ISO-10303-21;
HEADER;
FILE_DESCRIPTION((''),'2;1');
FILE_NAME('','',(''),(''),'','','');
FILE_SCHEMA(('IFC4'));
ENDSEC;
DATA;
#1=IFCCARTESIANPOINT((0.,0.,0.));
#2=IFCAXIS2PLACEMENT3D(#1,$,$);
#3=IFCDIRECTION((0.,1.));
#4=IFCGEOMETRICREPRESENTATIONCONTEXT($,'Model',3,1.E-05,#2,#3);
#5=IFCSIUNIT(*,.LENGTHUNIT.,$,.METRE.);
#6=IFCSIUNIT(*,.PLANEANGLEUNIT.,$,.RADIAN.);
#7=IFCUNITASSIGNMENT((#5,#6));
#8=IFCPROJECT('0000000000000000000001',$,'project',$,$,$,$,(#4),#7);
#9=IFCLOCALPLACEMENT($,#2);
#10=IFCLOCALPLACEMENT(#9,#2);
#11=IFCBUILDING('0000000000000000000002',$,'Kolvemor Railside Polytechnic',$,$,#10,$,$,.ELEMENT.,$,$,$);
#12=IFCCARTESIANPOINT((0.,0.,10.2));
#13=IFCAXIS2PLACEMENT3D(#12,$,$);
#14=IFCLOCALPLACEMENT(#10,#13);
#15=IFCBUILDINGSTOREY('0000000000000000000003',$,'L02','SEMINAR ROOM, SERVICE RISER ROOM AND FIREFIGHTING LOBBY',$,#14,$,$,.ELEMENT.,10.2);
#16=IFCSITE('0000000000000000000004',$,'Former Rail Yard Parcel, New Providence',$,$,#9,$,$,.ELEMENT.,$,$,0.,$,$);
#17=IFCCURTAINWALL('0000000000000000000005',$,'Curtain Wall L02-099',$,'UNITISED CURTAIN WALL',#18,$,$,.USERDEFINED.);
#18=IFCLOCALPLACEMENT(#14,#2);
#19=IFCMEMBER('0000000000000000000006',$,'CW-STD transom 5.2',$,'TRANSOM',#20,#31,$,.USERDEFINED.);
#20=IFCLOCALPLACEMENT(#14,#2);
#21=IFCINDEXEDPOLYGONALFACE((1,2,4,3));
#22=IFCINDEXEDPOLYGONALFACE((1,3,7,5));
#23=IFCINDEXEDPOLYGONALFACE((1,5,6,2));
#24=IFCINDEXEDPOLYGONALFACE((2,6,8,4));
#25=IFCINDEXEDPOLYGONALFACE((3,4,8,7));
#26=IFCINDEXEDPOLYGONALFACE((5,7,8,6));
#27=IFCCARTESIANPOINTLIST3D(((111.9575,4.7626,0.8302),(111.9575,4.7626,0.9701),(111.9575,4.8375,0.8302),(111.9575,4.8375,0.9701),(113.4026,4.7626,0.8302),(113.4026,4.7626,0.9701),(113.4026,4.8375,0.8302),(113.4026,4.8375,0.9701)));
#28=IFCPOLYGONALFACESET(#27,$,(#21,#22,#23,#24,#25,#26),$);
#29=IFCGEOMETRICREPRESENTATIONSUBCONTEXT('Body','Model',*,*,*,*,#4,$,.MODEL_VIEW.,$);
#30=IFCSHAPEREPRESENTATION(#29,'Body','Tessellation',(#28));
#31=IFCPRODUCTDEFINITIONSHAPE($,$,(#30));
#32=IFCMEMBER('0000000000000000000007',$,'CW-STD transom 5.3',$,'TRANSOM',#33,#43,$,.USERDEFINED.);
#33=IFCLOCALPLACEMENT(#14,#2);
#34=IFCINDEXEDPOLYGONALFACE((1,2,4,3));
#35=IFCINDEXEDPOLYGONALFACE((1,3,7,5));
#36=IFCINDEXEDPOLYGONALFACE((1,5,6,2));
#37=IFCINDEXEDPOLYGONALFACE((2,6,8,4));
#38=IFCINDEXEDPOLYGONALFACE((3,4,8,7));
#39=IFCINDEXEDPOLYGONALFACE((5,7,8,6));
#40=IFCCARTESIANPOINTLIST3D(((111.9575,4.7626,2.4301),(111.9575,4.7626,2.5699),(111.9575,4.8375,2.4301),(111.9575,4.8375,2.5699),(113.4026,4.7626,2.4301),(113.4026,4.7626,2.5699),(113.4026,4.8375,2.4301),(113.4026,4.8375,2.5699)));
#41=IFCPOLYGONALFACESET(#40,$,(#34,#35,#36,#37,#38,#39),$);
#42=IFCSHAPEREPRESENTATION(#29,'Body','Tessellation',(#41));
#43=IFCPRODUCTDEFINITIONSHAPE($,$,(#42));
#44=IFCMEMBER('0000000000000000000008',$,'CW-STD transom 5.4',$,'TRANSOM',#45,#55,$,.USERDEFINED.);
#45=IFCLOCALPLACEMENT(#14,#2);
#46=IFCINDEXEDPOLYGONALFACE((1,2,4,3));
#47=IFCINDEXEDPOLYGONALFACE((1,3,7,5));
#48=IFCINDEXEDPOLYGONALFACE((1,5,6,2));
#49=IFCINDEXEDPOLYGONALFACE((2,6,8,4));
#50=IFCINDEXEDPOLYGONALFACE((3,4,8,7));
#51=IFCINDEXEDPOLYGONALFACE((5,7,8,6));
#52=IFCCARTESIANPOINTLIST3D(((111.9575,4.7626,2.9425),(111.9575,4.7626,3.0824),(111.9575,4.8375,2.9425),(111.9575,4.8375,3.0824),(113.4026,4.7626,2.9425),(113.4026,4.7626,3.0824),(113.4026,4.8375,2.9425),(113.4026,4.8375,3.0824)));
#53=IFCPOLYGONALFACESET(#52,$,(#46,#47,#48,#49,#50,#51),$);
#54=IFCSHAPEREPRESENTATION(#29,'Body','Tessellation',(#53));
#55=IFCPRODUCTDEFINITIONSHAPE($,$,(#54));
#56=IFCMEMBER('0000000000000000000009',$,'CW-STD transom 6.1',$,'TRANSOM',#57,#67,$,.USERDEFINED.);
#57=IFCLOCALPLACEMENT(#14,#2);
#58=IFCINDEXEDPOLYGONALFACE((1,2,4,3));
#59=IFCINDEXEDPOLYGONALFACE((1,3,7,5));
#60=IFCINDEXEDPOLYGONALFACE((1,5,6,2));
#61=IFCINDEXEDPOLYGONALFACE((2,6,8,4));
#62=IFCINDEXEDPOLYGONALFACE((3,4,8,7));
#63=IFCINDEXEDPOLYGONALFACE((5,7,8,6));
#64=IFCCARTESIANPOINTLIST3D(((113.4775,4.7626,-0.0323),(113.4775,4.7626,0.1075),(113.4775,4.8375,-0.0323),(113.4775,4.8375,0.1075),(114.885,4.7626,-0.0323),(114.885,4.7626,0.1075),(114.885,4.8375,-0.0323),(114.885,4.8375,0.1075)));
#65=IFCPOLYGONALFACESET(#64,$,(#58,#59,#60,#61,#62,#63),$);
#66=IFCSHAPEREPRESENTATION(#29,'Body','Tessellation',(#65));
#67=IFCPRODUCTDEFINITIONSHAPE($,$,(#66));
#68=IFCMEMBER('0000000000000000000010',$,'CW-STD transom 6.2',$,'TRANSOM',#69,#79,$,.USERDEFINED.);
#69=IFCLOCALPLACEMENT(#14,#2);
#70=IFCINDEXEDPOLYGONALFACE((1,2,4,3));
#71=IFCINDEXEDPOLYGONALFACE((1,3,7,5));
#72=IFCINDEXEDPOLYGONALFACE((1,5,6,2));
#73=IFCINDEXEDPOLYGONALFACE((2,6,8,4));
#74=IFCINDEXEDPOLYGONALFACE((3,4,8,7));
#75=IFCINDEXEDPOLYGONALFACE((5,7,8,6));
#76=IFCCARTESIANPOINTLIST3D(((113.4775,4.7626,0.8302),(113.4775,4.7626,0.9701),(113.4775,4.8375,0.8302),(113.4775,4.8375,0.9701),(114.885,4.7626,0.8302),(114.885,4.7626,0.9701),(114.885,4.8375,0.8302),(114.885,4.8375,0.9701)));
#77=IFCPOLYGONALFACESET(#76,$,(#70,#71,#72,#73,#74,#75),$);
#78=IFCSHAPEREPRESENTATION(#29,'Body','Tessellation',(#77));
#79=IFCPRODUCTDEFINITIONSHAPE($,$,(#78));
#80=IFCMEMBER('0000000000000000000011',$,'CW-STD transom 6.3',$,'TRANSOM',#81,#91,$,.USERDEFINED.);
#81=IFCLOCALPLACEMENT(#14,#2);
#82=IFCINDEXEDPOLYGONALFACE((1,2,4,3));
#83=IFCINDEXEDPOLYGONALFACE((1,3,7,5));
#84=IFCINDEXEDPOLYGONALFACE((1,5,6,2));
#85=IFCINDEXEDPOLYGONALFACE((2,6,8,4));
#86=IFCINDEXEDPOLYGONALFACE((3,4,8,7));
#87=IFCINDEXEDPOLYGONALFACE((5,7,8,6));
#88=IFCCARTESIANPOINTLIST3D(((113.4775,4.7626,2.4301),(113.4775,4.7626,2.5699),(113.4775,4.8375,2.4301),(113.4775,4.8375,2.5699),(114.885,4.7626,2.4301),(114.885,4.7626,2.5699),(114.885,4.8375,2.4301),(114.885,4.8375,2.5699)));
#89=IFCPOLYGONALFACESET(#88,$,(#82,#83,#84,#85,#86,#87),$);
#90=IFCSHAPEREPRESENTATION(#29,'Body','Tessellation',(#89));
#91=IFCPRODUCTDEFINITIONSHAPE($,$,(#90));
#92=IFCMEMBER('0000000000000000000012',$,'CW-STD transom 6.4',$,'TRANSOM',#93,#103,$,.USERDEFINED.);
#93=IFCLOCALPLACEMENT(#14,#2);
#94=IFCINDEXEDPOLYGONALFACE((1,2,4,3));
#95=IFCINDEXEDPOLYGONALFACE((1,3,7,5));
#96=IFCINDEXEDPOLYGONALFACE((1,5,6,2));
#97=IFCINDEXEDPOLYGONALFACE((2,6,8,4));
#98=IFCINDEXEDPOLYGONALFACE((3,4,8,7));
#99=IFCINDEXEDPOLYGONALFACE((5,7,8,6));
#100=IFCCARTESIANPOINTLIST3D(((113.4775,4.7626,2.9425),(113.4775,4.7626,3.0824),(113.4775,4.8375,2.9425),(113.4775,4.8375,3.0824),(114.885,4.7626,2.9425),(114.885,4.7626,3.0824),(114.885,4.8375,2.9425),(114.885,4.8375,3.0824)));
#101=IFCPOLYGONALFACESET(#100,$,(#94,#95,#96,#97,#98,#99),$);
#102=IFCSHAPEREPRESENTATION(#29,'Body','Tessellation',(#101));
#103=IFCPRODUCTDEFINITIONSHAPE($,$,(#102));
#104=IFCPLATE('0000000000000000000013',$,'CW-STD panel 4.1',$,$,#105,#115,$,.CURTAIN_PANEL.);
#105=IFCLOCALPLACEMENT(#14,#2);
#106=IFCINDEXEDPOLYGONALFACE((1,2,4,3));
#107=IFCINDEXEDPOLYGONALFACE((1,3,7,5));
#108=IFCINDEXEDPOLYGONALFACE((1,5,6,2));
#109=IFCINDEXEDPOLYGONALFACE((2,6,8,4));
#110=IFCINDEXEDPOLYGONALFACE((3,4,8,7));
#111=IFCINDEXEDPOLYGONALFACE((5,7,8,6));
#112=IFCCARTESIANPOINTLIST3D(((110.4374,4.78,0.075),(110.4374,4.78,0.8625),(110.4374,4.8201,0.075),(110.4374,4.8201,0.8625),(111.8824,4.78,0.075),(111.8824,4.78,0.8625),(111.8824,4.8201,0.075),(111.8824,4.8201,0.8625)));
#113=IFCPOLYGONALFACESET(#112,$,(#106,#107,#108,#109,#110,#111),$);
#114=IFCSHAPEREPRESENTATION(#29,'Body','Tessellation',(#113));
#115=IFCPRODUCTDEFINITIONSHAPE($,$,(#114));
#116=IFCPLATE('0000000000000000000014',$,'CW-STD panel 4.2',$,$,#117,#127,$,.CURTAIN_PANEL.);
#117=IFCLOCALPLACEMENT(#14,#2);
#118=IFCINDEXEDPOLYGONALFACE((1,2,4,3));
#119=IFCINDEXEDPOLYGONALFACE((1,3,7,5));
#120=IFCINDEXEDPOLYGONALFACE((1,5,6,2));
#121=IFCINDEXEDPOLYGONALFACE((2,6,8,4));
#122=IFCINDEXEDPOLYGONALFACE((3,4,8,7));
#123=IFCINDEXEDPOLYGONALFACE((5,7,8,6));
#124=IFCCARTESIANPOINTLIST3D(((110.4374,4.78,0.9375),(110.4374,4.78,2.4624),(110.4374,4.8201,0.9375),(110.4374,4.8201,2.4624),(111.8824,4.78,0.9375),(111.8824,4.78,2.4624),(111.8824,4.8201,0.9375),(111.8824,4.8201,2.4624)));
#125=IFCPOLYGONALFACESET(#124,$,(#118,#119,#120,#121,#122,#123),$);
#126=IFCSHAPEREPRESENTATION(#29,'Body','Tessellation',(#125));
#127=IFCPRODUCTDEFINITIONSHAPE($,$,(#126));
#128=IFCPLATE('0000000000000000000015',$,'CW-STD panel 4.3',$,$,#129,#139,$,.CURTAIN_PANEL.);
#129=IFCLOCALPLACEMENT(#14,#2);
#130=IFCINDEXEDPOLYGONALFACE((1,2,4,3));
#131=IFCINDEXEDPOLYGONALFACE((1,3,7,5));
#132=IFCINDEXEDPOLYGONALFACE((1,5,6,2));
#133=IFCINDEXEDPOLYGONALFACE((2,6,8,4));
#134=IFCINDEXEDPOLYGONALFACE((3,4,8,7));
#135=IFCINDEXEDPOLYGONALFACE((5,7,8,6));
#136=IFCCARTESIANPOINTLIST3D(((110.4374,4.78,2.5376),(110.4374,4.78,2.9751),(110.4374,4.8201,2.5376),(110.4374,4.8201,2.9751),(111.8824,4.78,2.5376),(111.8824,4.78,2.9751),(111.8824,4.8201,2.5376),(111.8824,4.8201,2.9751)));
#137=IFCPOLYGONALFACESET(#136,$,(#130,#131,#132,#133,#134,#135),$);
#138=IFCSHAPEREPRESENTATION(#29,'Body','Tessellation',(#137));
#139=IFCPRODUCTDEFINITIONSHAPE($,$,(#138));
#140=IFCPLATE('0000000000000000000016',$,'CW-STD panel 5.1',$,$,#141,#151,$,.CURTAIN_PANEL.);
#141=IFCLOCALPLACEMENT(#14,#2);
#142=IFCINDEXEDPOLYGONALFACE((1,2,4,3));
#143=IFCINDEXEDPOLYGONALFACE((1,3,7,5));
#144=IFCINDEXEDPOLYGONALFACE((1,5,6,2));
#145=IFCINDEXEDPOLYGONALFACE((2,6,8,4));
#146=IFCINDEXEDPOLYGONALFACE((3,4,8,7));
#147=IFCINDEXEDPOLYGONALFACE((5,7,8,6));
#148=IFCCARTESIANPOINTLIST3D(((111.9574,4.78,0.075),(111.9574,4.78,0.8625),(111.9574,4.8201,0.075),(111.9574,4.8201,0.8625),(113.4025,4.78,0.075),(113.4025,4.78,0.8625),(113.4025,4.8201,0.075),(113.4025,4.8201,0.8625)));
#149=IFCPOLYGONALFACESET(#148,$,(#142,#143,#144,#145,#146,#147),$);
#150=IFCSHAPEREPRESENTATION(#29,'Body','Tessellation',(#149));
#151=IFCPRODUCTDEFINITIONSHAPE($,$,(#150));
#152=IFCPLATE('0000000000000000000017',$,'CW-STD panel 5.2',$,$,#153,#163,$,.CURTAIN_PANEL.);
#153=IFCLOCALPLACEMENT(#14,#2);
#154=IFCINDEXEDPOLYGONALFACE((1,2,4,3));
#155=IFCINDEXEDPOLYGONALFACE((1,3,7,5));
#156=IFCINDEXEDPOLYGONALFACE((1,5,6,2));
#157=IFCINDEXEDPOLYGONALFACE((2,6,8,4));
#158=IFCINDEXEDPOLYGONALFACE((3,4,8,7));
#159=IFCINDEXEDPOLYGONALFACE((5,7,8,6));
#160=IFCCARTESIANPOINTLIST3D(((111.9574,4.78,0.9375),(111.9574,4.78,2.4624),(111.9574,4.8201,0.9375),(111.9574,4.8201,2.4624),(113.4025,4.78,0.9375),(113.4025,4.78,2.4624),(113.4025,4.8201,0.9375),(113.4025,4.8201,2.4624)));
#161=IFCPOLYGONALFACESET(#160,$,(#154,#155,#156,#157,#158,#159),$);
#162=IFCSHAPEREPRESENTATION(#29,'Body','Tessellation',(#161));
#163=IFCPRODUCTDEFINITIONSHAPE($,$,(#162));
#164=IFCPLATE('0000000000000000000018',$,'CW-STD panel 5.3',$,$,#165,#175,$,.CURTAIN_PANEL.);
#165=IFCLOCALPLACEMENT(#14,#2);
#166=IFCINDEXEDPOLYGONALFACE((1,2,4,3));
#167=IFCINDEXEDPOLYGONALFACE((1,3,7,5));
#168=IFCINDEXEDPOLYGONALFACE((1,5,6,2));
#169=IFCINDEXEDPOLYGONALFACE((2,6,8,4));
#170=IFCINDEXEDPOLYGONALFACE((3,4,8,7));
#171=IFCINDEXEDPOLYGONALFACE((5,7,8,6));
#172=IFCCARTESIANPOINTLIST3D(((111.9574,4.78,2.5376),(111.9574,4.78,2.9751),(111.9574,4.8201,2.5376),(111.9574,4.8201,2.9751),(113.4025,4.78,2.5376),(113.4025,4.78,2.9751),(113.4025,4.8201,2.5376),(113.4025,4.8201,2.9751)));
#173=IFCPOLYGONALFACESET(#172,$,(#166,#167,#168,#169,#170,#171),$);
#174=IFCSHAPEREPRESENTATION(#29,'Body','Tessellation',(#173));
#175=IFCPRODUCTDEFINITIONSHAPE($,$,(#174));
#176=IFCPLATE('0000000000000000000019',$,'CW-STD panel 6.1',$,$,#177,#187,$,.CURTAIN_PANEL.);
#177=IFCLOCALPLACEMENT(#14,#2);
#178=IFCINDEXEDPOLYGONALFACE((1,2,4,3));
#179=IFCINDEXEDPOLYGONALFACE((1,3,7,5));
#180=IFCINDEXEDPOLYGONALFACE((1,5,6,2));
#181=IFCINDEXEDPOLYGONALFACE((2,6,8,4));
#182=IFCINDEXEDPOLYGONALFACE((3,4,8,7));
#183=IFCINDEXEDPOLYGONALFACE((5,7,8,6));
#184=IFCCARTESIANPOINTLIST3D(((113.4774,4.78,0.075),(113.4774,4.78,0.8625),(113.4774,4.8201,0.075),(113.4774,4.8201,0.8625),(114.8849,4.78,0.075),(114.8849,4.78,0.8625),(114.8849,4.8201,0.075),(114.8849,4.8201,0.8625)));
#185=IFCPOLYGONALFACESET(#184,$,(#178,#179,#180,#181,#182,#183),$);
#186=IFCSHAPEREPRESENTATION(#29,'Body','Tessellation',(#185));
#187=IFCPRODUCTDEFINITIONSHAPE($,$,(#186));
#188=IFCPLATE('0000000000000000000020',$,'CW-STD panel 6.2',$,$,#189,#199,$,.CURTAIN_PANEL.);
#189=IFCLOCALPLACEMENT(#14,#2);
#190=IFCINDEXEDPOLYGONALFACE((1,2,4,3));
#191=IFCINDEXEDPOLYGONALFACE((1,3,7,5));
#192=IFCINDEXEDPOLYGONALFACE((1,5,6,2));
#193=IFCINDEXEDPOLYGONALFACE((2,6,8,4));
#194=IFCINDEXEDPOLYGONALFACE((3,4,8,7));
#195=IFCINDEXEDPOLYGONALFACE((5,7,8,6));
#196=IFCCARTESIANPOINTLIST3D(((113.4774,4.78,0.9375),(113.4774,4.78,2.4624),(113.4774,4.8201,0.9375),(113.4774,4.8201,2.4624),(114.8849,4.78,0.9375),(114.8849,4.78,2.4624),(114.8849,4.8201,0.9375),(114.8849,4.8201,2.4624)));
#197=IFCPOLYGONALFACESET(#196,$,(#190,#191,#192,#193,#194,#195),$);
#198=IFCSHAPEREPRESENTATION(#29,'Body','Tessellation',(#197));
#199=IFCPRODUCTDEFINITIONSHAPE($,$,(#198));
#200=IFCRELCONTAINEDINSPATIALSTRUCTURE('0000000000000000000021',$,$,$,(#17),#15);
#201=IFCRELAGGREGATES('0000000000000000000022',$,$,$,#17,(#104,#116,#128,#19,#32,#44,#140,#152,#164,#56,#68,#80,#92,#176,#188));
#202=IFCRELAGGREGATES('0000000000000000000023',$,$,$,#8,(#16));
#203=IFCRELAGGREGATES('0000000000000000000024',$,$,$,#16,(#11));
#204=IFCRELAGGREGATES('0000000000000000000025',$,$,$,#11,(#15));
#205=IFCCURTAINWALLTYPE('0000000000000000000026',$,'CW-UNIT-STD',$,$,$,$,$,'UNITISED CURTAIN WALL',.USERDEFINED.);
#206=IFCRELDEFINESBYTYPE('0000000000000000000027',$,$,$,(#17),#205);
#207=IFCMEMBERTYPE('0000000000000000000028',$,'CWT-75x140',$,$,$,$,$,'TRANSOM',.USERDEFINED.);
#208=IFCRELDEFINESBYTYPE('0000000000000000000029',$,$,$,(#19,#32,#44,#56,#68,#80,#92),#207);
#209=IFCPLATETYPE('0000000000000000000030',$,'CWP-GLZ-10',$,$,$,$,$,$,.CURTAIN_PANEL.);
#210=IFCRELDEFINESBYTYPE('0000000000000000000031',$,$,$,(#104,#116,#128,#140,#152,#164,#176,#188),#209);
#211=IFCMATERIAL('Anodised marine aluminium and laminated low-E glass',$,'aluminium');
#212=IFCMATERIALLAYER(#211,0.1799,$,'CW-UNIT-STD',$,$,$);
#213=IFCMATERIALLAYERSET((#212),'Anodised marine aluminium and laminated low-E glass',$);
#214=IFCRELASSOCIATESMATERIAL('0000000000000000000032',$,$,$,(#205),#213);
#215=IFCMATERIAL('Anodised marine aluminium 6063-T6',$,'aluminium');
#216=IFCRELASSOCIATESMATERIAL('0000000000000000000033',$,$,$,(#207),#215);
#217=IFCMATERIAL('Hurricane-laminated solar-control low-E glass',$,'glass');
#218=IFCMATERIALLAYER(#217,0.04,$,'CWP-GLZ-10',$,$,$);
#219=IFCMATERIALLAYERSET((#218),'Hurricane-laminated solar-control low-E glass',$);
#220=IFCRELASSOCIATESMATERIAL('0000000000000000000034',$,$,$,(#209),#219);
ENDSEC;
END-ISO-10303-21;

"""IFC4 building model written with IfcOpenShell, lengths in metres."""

from ifc_helpers import new_model, si_unit, direction, frame, origin, origin_2d, place, context, subcontext, project, spatial, rectangle, extrude, material, layer, layer_set, material_profile, profile_set, type_object, element, aggregate, save


model = new_model("IFC4")

# Units and contexts
model_context = context("Model", 3, precision=1e-05, world=origin(), true_north=direction((0.0, 1.0)))
body_context = subcontext(model_context, "Body", "Model", "MODEL_VIEW")
ifc_project = project(units=[si_unit("LENGTHUNIT", "METRE"), si_unit("PLANEANGLEUNIT", "RADIAN")], contexts=[model_context])

# Site, building, storey
site_placement = place(None, origin())
site = spatial("IfcSite", under=ifc_project, at=site_placement, Name="Former Rail Yard Parcel, New Providence", CompositionType="ELEMENT", RefElevation=0.0)
building_placement = place(site_placement, origin())
building = spatial("IfcBuilding", under=site, at=building_placement, Name="Kolvemor Railside Polytechnic", CompositionType="ELEMENT")
storey_placement = place(building_placement, frame((0.0, 0.0, 10.2)))
storey = spatial("IfcBuildingStorey", under=building, at=storey_placement, Name="L02", Description="SEMINAR ROOM, SERVICE RISER ROOM AND FIREFIGHTING LOBBY", CompositionType="ELEMENT", Elevation=10.2)

# Curtain wall, members, plates
ifc_material_1 = material(Name="Anodised marine aluminium and laminated low-E glass", Category="aluminium")
ifc_layer_1 = layer(ifc_material_1, 0.1799, Name="CW-UNIT-STD")
ifc_layer_set_1 = layer_set([ifc_layer_1], Name="Anodised marine aluminium and laminated low-E glass")
curtain_wall_type = type_object("IfcCurtainWallType", Name="CW-UNIT-STD", ElementType="UNITISED CURTAIN WALL", PredefinedType="USERDEFINED", material=ifc_layer_set_1)
curtain_wall_placement = place(storey_placement, origin())
curtain_wall = element("IfcCurtainWall", 1, at=curtain_wall_placement, inside=storey, type_object=curtain_wall_type, Name="Curtain Wall L02-099", ObjectType="UNITISED CURTAIN WALL", PredefinedType="USERDEFINED")
ifc_material_2 = material(Name="Anodised marine aluminium 6063-T6", Category="aluminium")
ifc_material_profile_1 = material_profile(ifc_material_2, rectangle(XDim=0.075, YDim=0.1399, at=origin_2d()), Name="CW-TRN-75x140")
ifc_profile_set_1 = profile_set([ifc_material_profile_1], Name="Anodised marine aluminium 6063-T6")
member_type_1 = type_object("IfcMemberType", Name="CWT-75x140", ElementType="TRANSOM", PredefinedType="USERDEFINED", material=ifc_profile_set_1)
member_1_placement = place(storey_placement, frame((111.9575, 4.8, 0.9001), z_axis=(1.0, 0.0, 0.0), x_axis=(0.0, 1.0, 0.0)))
member_1 = element("IfcMember", 2, at=member_1_placement, type_object=member_type_1, Name="CW-STD transom 5.2", ObjectType="TRANSOM", PredefinedType="USERDEFINED", context=body_context, shape_type="SweptSolid", body=[
    extrude(rectangle(XDim=0.075, YDim=0.1399, at=origin_2d()), origin(), (0.0, 0.0, 1.0), 1.4451),
])
member_2_placement = place(storey_placement, frame((111.9575, 4.8, 2.5), z_axis=(1.0, 0.0, 0.0), x_axis=(0.0, 1.0, 0.0)))
member_2 = element("IfcMember", 3, at=member_2_placement, type_object=member_type_1, Name="CW-STD transom 5.3", ObjectType="TRANSOM", PredefinedType="USERDEFINED", context=body_context, shape_type="SweptSolid", body=[
    extrude(rectangle(XDim=0.075, YDim=0.1399, at=origin_2d()), origin(), (0.0, 0.0, 1.0), 1.4451),
])
member_3_placement = place(storey_placement, frame((111.9575, 4.8, 3.0125), z_axis=(1.0, 0.0, 0.0), x_axis=(0.0, 1.0, 0.0)))
member_3 = element("IfcMember", 4, at=member_3_placement, type_object=member_type_1, Name="CW-STD transom 5.4", ObjectType="TRANSOM", PredefinedType="USERDEFINED", context=body_context, shape_type="SweptSolid", body=[
    extrude(rectangle(XDim=0.075, YDim=0.1399, at=origin_2d()), origin(), (0.0, 0.0, 1.0), 1.4451),
])
member_4_placement = place(storey_placement, frame((113.4775, 4.8, 0.0376), z_axis=(1.0, 0.0, 0.0), x_axis=(0.0, 1.0, 0.0)))
member_4 = element("IfcMember", 5, at=member_4_placement, type_object=member_type_1, Name="CW-STD transom 6.1", ObjectType="TRANSOM", PredefinedType="USERDEFINED", context=body_context, shape_type="SweptSolid", body=[
    extrude(rectangle(XDim=0.075, YDim=0.1399, at=origin_2d()), origin(), (0.0, 0.0, 1.0), 1.4075),
])
member_5_placement = place(storey_placement, frame((113.4775, 4.8, 0.9001), z_axis=(1.0, 0.0, 0.0), x_axis=(0.0, 1.0, 0.0)))
member_5 = element("IfcMember", 6, at=member_5_placement, type_object=member_type_1, Name="CW-STD transom 6.2", ObjectType="TRANSOM", PredefinedType="USERDEFINED", context=body_context, shape_type="SweptSolid", body=[
    extrude(rectangle(XDim=0.075, YDim=0.1399, at=origin_2d()), origin(), (0.0, 0.0, 1.0), 1.4075),
])
member_6_placement = place(storey_placement, frame((113.4775, 4.8, 2.5), z_axis=(1.0, 0.0, 0.0), x_axis=(0.0, 1.0, 0.0)))
member_6 = element("IfcMember", 7, at=member_6_placement, type_object=member_type_1, Name="CW-STD transom 6.3", ObjectType="TRANSOM", PredefinedType="USERDEFINED", context=body_context, shape_type="SweptSolid", body=[
    extrude(rectangle(XDim=0.075, YDim=0.1399, at=origin_2d()), origin(), (0.0, 0.0, 1.0), 1.4075),
])
member_7_placement = place(storey_placement, frame((113.4775, 4.8, 3.0125), z_axis=(1.0, 0.0, 0.0), x_axis=(0.0, 1.0, 0.0)))
member_7 = element("IfcMember", 8, at=member_7_placement, type_object=member_type_1, Name="CW-STD transom 6.4", ObjectType="TRANSOM", PredefinedType="USERDEFINED", context=body_context, shape_type="SweptSolid", body=[
    extrude(rectangle(XDim=0.075, YDim=0.1399, at=origin_2d()), origin(), (0.0, 0.0, 1.0), 1.4075),
])
ifc_material_3 = material(Name="Hurricane-laminated solar-control low-E glass", Category="glass")
ifc_layer_2 = layer(ifc_material_3, 0.04, Name="CWP-GLZ-10")
ifc_layer_set_2 = layer_set([ifc_layer_2], Name="Hurricane-laminated solar-control low-E glass")
plate_type = type_object("IfcPlateType", Name="CWP-GLZ-10", PredefinedType="CURTAIN_PANEL", material=ifc_layer_set_2)
plate_1_placement = place(storey_placement, frame((111.1599, 4.8, 0.075), z_axis=(0.0, 0.0, 1.0), x_axis=(1.0, 0.0, 0.0)))
plate_1 = element("IfcPlate", 9, at=plate_1_placement, type_object=plate_type, Name="CW-STD panel 4.1", PredefinedType="CURTAIN_PANEL", context=body_context, shape_type="SweptSolid", body=[
    extrude(rectangle(XDim=1.4451, YDim=0.04, at=origin_2d()), origin(), (0.0, 0.0, 1.0), 0.7876),
])
plate_2_placement = place(storey_placement, frame((111.1599, 4.8, 0.9375), z_axis=(0.0, 0.0, 1.0), x_axis=(1.0, 0.0, 0.0)))
plate_2 = element("IfcPlate", 10, at=plate_2_placement, type_object=plate_type, Name="CW-STD panel 4.2", PredefinedType="CURTAIN_PANEL", context=body_context, shape_type="SweptSolid", body=[
    extrude(rectangle(XDim=1.4451, YDim=0.04, at=origin_2d()), origin(), (0.0, 0.0, 1.0), 1.5249),
])
plate_3_placement = place(storey_placement, frame((111.1599, 4.8, 2.5376), z_axis=(0.0, 0.0, 1.0), x_axis=(1.0, 0.0, 0.0)))
plate_3 = element("IfcPlate", 11, at=plate_3_placement, type_object=plate_type, Name="CW-STD panel 4.3", PredefinedType="CURTAIN_PANEL", context=body_context, shape_type="SweptSolid", body=[
    extrude(rectangle(XDim=1.4451, YDim=0.04, at=origin_2d()), origin(), (0.0, 0.0, 1.0), 0.4375),
])
plate_4_placement = place(storey_placement, frame((112.6799, 4.8, 0.075), z_axis=(0.0, 0.0, 1.0), x_axis=(1.0, 0.0, 0.0)))
plate_4 = element("IfcPlate", 12, at=plate_4_placement, type_object=plate_type, Name="CW-STD panel 5.1", PredefinedType="CURTAIN_PANEL", context=body_context, shape_type="SweptSolid", body=[
    extrude(rectangle(XDim=1.4451, YDim=0.04, at=origin_2d()), origin(), (0.0, 0.0, 1.0), 0.7876),
])
plate_5_placement = place(storey_placement, frame((112.6799, 4.8, 0.9375), z_axis=(0.0, 0.0, 1.0), x_axis=(1.0, 0.0, 0.0)))
plate_5 = element("IfcPlate", 13, at=plate_5_placement, type_object=plate_type, Name="CW-STD panel 5.2", PredefinedType="CURTAIN_PANEL", context=body_context, shape_type="SweptSolid", body=[
    extrude(rectangle(XDim=1.4451, YDim=0.04, at=origin_2d()), origin(), (0.0, 0.0, 1.0), 1.5249),
])
plate_6_placement = place(storey_placement, frame((112.6799, 4.8, 2.5376), z_axis=(0.0, 0.0, 1.0), x_axis=(1.0, 0.0, 0.0)))
plate_6 = element("IfcPlate", 14, at=plate_6_placement, type_object=plate_type, Name="CW-STD panel 5.3", PredefinedType="CURTAIN_PANEL", context=body_context, shape_type="SweptSolid", body=[
    extrude(rectangle(XDim=1.4451, YDim=0.04, at=origin_2d()), origin(), (0.0, 0.0, 1.0), 0.4375),
])
plate_7_placement = place(storey_placement, frame((114.1812, 4.8, 0.075), z_axis=(0.0, 0.0, 1.0), x_axis=(1.0, 0.0, 0.0)))
plate_7 = element("IfcPlate", 15, at=plate_7_placement, type_object=plate_type, Name="CW-STD panel 6.1", PredefinedType="CURTAIN_PANEL", context=body_context, shape_type="SweptSolid", body=[
    extrude(rectangle(XDim=1.4075, YDim=0.04, at=origin_2d()), origin(), (0.0, 0.0, 1.0), 0.7876),
])
plate_8_placement = place(storey_placement, frame((114.1812, 4.8, 0.9375), z_axis=(0.0, 0.0, 1.0), x_axis=(1.0, 0.0, 0.0)))
plate_8 = element("IfcPlate", 16, at=plate_8_placement, type_object=plate_type, Name="CW-STD panel 6.2", PredefinedType="CURTAIN_PANEL", context=body_context, shape_type="SweptSolid", body=[
    extrude(rectangle(XDim=1.4075, YDim=0.04, at=origin_2d()), origin(), (0.0, 0.0, 1.0), 1.5249),
])
aggregate(curtain_wall, [plate_1, plate_2, plate_3, member_1, member_2, member_3, plate_4, plate_5, plate_6, member_4, member_5, member_6, member_7, plate_7, plate_8])

save(model, "model.ifc")
